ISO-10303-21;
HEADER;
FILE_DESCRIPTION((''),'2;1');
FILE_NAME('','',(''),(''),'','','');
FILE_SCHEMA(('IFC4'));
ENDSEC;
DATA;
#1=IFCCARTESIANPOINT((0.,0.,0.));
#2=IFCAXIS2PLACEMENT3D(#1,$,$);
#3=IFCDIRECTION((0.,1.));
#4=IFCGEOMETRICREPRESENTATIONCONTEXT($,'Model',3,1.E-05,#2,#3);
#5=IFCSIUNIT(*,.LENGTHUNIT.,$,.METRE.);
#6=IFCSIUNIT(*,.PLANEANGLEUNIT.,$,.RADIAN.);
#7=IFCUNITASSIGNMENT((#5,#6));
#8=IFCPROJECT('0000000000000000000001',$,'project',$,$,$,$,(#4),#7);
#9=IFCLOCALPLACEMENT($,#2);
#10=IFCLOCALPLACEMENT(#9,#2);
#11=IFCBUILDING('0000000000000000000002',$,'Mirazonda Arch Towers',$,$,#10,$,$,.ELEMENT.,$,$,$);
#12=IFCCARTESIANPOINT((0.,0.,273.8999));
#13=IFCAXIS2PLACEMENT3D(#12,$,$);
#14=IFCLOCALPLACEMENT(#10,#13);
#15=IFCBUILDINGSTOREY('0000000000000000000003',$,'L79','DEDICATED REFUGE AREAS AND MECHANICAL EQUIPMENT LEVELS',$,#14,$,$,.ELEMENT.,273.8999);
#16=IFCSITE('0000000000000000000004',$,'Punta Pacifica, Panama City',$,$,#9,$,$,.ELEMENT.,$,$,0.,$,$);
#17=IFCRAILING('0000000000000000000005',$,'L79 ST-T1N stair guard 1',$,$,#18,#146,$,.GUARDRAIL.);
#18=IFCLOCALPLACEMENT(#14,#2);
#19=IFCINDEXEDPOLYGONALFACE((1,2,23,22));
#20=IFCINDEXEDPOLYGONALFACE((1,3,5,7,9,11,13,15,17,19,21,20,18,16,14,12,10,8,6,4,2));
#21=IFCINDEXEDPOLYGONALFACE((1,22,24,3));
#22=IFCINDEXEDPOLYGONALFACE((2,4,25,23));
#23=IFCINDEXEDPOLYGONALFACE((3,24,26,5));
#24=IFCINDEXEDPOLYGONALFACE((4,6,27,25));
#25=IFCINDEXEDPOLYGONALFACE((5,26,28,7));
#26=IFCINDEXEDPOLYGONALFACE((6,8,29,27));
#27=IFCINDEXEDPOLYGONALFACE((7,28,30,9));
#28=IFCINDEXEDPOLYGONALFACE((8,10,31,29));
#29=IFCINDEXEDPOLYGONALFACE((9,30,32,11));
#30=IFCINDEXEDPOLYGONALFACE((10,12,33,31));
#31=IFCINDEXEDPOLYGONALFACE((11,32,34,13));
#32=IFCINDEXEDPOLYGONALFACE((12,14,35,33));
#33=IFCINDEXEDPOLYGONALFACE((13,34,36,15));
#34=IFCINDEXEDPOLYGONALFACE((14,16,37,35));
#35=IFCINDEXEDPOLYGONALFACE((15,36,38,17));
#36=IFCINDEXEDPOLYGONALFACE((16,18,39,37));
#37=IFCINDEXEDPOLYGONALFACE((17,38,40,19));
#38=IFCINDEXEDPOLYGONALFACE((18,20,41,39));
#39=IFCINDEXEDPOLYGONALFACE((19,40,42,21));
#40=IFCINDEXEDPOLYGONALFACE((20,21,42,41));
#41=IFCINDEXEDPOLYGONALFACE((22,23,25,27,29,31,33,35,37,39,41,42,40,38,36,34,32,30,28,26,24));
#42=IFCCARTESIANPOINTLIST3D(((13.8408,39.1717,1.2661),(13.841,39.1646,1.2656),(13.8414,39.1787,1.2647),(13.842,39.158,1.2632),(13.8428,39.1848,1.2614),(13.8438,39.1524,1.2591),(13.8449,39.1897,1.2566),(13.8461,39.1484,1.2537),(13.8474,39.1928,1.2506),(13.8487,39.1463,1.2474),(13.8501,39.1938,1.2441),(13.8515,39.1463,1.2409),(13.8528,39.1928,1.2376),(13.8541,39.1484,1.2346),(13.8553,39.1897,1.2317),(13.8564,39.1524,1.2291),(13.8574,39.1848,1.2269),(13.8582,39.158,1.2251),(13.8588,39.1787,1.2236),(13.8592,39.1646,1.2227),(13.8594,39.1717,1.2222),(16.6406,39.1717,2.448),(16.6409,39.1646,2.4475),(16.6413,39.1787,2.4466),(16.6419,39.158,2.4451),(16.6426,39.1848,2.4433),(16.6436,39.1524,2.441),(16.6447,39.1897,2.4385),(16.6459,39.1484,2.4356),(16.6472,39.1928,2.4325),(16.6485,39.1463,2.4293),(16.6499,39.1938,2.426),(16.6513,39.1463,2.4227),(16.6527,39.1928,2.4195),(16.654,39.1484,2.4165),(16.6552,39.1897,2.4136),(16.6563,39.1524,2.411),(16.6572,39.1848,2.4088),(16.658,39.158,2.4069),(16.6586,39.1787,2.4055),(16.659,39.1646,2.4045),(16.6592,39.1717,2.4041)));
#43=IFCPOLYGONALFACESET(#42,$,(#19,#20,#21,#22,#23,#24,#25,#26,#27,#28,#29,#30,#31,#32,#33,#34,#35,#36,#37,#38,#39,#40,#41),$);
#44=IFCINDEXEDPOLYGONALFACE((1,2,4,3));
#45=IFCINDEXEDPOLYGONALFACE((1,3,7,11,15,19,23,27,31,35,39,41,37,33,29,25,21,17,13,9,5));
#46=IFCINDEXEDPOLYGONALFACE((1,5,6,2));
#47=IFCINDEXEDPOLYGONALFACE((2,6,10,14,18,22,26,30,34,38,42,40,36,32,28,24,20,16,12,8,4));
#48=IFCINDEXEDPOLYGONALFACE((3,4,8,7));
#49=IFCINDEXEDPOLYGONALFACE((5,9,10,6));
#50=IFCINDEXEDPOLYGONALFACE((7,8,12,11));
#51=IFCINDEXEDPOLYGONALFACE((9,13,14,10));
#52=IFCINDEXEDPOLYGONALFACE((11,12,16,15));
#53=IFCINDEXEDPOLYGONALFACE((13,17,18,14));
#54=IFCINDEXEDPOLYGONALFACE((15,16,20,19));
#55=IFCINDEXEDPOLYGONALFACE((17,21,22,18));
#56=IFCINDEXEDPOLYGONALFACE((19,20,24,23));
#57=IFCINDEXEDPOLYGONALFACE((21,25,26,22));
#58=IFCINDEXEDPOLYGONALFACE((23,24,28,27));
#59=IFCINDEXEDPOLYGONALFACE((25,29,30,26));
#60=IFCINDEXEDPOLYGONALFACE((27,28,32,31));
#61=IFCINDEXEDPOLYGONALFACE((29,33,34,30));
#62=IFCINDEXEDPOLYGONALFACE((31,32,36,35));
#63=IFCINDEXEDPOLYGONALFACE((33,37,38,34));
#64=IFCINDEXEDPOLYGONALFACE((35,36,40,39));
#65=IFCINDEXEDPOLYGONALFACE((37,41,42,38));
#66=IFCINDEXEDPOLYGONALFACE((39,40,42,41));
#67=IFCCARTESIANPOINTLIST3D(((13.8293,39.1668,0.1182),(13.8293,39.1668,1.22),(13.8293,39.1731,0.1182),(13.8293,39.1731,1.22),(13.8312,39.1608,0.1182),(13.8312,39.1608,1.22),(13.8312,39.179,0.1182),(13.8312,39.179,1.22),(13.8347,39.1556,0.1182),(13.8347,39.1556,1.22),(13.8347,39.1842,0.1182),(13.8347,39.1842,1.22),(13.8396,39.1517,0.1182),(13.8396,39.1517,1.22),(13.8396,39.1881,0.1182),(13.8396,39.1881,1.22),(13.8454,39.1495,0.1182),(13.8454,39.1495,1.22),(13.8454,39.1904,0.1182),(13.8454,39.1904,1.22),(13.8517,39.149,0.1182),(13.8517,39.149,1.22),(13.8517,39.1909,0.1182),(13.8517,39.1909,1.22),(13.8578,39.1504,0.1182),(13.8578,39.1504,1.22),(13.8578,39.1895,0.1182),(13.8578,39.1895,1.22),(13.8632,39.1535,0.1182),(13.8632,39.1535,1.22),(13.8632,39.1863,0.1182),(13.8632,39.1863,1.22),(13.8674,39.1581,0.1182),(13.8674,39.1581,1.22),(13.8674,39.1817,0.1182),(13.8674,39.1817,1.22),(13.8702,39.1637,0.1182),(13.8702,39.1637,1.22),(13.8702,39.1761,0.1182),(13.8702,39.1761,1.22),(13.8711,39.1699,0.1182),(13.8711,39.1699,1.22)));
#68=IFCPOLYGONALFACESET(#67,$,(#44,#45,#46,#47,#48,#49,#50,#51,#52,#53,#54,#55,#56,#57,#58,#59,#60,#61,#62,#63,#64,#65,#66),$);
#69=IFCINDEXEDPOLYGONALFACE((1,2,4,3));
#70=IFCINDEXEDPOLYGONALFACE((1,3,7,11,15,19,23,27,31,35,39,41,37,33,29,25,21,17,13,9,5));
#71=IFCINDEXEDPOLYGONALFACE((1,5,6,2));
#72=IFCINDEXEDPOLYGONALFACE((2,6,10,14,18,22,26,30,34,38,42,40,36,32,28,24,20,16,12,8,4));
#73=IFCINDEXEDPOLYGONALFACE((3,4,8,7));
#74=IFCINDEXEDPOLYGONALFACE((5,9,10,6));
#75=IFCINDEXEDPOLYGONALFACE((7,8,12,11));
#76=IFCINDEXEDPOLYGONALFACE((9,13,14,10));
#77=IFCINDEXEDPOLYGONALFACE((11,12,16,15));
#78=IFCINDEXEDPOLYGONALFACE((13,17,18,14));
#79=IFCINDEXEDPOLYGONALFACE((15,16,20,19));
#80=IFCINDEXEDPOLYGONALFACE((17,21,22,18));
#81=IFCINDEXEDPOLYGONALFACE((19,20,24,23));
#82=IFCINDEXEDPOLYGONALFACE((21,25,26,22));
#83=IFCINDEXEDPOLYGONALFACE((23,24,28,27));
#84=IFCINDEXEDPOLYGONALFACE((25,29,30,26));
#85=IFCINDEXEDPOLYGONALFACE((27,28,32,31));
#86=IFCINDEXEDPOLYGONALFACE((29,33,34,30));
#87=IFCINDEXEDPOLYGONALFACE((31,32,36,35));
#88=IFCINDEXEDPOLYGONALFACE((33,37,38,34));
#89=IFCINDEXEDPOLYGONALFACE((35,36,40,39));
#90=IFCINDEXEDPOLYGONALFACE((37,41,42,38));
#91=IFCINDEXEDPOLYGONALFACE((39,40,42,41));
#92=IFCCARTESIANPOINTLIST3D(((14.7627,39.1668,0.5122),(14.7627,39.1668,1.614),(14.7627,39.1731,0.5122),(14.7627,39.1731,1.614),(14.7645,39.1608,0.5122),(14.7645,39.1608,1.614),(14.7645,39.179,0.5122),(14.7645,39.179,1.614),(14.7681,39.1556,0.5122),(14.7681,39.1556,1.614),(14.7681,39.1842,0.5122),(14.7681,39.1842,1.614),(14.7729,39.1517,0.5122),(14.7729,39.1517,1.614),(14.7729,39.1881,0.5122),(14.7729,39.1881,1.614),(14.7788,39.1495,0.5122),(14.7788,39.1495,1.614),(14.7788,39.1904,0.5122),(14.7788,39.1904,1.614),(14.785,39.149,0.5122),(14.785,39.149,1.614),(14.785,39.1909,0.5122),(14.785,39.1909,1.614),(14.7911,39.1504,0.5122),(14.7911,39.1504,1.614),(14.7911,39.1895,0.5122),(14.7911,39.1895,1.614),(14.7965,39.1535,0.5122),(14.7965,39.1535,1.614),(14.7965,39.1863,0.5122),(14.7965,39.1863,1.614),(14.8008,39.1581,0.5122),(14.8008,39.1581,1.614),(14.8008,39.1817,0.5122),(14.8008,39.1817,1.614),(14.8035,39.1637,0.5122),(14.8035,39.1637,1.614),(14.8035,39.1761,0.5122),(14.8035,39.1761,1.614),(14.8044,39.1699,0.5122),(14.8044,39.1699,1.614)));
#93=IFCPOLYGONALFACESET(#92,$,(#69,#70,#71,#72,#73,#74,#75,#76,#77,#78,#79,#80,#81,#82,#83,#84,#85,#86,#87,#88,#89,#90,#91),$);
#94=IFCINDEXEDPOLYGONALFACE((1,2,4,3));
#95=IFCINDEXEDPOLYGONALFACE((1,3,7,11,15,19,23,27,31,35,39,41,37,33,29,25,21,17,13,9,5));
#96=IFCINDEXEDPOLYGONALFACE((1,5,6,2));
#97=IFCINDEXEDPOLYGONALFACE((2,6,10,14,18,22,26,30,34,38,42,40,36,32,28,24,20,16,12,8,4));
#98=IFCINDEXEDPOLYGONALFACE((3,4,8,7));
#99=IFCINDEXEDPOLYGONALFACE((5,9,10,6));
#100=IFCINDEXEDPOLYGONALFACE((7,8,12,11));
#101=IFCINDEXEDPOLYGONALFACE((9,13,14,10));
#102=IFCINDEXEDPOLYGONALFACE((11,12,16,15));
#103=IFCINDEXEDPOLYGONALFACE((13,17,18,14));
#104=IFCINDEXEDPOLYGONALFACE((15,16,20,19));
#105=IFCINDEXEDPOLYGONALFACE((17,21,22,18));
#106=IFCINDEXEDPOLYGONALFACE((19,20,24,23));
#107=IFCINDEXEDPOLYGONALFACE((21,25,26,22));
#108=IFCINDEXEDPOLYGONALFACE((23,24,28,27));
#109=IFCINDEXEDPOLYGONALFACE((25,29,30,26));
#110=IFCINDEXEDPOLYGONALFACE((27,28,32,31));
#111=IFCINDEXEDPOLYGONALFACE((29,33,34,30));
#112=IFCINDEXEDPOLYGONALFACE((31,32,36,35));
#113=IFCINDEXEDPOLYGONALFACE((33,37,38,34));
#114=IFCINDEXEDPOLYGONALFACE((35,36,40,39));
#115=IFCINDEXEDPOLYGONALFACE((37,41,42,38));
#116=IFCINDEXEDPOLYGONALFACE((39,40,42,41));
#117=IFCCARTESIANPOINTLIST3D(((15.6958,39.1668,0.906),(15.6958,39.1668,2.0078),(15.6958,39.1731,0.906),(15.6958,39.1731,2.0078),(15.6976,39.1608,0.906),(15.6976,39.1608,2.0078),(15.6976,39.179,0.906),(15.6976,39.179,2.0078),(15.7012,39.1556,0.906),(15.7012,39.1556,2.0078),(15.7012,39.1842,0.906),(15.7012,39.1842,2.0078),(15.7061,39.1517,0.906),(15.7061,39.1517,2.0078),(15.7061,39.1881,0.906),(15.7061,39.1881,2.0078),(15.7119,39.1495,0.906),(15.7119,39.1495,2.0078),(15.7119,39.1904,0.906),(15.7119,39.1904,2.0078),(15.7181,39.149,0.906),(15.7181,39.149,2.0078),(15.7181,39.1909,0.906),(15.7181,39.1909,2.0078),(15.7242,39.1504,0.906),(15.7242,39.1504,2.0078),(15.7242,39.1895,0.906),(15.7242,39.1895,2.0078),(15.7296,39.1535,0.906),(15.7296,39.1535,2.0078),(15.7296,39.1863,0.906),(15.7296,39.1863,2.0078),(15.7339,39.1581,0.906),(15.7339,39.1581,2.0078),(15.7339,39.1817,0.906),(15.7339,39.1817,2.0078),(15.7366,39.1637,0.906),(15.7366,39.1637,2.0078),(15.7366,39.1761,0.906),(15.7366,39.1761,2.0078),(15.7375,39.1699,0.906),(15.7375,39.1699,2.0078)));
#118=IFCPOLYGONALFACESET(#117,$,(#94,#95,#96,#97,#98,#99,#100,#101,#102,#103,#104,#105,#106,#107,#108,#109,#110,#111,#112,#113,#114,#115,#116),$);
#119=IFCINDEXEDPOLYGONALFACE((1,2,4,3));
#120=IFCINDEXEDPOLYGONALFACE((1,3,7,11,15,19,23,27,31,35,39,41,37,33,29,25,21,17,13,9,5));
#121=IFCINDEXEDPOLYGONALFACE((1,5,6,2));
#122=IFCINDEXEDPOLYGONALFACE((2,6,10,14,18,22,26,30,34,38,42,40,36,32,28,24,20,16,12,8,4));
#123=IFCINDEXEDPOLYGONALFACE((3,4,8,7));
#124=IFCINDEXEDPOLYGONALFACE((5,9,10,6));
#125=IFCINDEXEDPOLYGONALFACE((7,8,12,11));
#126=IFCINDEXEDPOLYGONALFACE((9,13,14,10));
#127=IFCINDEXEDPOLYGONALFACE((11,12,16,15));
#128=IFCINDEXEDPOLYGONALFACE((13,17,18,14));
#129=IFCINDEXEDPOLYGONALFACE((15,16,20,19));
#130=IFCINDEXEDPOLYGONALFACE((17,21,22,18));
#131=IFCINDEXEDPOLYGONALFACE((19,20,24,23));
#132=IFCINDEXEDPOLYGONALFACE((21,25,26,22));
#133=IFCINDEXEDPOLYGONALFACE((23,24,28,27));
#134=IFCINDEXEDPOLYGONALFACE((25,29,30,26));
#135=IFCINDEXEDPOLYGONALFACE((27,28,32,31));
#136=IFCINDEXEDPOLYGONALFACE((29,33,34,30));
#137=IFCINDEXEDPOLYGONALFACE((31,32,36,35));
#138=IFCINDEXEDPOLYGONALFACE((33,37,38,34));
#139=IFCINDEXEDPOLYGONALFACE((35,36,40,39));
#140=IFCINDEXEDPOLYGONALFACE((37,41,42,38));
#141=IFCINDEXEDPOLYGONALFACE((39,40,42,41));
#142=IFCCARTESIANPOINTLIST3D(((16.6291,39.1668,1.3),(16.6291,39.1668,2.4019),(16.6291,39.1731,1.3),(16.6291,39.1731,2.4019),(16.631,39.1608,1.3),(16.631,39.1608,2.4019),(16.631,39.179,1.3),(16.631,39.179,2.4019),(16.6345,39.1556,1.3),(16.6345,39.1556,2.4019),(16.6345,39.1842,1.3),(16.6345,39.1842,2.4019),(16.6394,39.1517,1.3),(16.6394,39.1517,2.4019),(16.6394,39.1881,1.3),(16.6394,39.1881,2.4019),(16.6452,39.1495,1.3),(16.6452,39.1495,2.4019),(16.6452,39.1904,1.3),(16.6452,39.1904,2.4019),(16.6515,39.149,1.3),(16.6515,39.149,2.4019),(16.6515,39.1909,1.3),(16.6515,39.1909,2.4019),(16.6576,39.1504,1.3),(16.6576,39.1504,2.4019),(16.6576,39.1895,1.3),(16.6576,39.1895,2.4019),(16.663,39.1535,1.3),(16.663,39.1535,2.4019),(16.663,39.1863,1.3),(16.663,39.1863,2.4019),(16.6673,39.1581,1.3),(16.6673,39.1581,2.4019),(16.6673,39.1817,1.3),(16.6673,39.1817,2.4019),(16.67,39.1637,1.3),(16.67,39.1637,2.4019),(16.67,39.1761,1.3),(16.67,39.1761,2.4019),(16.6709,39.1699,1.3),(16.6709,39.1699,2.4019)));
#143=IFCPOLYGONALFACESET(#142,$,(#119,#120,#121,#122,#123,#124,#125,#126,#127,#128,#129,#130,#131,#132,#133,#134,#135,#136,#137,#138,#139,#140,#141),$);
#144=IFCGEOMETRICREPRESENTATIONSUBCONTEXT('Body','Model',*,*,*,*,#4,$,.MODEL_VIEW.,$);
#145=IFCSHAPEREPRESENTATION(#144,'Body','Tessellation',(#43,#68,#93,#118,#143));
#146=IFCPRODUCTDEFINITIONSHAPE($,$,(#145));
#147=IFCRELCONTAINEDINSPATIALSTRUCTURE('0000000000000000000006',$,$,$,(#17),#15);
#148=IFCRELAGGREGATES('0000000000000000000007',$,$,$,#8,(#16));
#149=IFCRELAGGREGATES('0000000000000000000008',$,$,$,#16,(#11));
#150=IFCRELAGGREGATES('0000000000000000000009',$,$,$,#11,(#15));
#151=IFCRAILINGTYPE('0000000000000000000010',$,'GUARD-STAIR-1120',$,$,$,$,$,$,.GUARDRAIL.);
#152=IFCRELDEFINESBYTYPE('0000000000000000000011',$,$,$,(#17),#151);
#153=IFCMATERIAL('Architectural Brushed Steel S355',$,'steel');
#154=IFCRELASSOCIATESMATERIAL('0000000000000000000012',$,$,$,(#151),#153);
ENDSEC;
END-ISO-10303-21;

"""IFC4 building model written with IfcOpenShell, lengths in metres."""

from ifc_helpers import new_model, si_unit, direction, frame, origin, origin_2d, place, context, subcontext, project, spatial, circle, extrude, material, type_object, element, save


model = new_model("IFC4")

# Units and contexts
model_context = context("Model", 3, precision=1e-05, world=origin(), true_north=direction((0.0, 1.0)))
body_context = subcontext(model_context, "Body", "Model", "MODEL_VIEW")
ifc_project = project(units=[si_unit("LENGTHUNIT", "METRE"), si_unit("PLANEANGLEUNIT", "RADIAN")], contexts=[model_context])

# Site, building, storey
site_placement = place(None, origin())
site = spatial("IfcSite", under=ifc_project, at=site_placement, Name="Punta Pacifica, Panama City", CompositionType="ELEMENT", RefElevation=0.0)
building_placement = place(site_placement, origin())
building = spatial("IfcBuilding", under=site, at=building_placement, Name="Mirazonda Arch Towers", CompositionType="ELEMENT")
storey_placement = place(building_placement, frame((0.0, 0.0, 273.8999)))
storey = spatial("IfcBuildingStorey", under=building, at=storey_placement, Name="L79", Description="DEDICATED REFUGE AREAS AND MECHANICAL EQUIPMENT LEVELS", CompositionType="ELEMENT", Elevation=273.8999)

# Shared definitions
ifc_material_1 = material(Name="Architectural Brushed Steel S355", Category="steel")

# Railing
railing_type_1 = type_object("IfcRailingType", Name="GUARD-STAIR-1120", PredefinedType="GUARDRAIL", material=ifc_material_1)
railing_1_placement = place(storey_placement, frame((13.8501, 39.1699, 0.1182)))
element("IfcRailing", 1, at=railing_1_placement, inside=storey, type_object=railing_type_1, Name="L79 ST-T1N stair guard 1", PredefinedType="GUARDRAIL", context=body_context, shape_type="SweptSolid", body=[
    extrude(circle(Radius=0.0239, at=origin_2d()), frame((0.0, 0.0, 1.126), z_axis=(0.92128, 0.0, 0.388901), x_axis=(0.0, 1.0, 0.0)), (0.0, 0.0, 1.0), 3.0391),
    extrude(circle(Radius=0.021, at=origin_2d()), origin(), (0.0, 0.0, 1.0), 1.1018),
    extrude(circle(Radius=0.021, at=origin_2d()), frame((0.9333, 0.0, 0.394)), (0.0, 0.0, 1.0), 1.1018),
    extrude(circle(Radius=0.021, at=origin_2d()), frame((1.8665, 0.0, 0.7878)), (0.0, 0.0, 1.0), 1.1018),
    extrude(circle(Radius=0.021, at=origin_2d()), frame((2.7998, 0.0, 1.1819)), (0.0, 0.0, 1.0), 1.1018),
])

save(model, "model.ifc")
